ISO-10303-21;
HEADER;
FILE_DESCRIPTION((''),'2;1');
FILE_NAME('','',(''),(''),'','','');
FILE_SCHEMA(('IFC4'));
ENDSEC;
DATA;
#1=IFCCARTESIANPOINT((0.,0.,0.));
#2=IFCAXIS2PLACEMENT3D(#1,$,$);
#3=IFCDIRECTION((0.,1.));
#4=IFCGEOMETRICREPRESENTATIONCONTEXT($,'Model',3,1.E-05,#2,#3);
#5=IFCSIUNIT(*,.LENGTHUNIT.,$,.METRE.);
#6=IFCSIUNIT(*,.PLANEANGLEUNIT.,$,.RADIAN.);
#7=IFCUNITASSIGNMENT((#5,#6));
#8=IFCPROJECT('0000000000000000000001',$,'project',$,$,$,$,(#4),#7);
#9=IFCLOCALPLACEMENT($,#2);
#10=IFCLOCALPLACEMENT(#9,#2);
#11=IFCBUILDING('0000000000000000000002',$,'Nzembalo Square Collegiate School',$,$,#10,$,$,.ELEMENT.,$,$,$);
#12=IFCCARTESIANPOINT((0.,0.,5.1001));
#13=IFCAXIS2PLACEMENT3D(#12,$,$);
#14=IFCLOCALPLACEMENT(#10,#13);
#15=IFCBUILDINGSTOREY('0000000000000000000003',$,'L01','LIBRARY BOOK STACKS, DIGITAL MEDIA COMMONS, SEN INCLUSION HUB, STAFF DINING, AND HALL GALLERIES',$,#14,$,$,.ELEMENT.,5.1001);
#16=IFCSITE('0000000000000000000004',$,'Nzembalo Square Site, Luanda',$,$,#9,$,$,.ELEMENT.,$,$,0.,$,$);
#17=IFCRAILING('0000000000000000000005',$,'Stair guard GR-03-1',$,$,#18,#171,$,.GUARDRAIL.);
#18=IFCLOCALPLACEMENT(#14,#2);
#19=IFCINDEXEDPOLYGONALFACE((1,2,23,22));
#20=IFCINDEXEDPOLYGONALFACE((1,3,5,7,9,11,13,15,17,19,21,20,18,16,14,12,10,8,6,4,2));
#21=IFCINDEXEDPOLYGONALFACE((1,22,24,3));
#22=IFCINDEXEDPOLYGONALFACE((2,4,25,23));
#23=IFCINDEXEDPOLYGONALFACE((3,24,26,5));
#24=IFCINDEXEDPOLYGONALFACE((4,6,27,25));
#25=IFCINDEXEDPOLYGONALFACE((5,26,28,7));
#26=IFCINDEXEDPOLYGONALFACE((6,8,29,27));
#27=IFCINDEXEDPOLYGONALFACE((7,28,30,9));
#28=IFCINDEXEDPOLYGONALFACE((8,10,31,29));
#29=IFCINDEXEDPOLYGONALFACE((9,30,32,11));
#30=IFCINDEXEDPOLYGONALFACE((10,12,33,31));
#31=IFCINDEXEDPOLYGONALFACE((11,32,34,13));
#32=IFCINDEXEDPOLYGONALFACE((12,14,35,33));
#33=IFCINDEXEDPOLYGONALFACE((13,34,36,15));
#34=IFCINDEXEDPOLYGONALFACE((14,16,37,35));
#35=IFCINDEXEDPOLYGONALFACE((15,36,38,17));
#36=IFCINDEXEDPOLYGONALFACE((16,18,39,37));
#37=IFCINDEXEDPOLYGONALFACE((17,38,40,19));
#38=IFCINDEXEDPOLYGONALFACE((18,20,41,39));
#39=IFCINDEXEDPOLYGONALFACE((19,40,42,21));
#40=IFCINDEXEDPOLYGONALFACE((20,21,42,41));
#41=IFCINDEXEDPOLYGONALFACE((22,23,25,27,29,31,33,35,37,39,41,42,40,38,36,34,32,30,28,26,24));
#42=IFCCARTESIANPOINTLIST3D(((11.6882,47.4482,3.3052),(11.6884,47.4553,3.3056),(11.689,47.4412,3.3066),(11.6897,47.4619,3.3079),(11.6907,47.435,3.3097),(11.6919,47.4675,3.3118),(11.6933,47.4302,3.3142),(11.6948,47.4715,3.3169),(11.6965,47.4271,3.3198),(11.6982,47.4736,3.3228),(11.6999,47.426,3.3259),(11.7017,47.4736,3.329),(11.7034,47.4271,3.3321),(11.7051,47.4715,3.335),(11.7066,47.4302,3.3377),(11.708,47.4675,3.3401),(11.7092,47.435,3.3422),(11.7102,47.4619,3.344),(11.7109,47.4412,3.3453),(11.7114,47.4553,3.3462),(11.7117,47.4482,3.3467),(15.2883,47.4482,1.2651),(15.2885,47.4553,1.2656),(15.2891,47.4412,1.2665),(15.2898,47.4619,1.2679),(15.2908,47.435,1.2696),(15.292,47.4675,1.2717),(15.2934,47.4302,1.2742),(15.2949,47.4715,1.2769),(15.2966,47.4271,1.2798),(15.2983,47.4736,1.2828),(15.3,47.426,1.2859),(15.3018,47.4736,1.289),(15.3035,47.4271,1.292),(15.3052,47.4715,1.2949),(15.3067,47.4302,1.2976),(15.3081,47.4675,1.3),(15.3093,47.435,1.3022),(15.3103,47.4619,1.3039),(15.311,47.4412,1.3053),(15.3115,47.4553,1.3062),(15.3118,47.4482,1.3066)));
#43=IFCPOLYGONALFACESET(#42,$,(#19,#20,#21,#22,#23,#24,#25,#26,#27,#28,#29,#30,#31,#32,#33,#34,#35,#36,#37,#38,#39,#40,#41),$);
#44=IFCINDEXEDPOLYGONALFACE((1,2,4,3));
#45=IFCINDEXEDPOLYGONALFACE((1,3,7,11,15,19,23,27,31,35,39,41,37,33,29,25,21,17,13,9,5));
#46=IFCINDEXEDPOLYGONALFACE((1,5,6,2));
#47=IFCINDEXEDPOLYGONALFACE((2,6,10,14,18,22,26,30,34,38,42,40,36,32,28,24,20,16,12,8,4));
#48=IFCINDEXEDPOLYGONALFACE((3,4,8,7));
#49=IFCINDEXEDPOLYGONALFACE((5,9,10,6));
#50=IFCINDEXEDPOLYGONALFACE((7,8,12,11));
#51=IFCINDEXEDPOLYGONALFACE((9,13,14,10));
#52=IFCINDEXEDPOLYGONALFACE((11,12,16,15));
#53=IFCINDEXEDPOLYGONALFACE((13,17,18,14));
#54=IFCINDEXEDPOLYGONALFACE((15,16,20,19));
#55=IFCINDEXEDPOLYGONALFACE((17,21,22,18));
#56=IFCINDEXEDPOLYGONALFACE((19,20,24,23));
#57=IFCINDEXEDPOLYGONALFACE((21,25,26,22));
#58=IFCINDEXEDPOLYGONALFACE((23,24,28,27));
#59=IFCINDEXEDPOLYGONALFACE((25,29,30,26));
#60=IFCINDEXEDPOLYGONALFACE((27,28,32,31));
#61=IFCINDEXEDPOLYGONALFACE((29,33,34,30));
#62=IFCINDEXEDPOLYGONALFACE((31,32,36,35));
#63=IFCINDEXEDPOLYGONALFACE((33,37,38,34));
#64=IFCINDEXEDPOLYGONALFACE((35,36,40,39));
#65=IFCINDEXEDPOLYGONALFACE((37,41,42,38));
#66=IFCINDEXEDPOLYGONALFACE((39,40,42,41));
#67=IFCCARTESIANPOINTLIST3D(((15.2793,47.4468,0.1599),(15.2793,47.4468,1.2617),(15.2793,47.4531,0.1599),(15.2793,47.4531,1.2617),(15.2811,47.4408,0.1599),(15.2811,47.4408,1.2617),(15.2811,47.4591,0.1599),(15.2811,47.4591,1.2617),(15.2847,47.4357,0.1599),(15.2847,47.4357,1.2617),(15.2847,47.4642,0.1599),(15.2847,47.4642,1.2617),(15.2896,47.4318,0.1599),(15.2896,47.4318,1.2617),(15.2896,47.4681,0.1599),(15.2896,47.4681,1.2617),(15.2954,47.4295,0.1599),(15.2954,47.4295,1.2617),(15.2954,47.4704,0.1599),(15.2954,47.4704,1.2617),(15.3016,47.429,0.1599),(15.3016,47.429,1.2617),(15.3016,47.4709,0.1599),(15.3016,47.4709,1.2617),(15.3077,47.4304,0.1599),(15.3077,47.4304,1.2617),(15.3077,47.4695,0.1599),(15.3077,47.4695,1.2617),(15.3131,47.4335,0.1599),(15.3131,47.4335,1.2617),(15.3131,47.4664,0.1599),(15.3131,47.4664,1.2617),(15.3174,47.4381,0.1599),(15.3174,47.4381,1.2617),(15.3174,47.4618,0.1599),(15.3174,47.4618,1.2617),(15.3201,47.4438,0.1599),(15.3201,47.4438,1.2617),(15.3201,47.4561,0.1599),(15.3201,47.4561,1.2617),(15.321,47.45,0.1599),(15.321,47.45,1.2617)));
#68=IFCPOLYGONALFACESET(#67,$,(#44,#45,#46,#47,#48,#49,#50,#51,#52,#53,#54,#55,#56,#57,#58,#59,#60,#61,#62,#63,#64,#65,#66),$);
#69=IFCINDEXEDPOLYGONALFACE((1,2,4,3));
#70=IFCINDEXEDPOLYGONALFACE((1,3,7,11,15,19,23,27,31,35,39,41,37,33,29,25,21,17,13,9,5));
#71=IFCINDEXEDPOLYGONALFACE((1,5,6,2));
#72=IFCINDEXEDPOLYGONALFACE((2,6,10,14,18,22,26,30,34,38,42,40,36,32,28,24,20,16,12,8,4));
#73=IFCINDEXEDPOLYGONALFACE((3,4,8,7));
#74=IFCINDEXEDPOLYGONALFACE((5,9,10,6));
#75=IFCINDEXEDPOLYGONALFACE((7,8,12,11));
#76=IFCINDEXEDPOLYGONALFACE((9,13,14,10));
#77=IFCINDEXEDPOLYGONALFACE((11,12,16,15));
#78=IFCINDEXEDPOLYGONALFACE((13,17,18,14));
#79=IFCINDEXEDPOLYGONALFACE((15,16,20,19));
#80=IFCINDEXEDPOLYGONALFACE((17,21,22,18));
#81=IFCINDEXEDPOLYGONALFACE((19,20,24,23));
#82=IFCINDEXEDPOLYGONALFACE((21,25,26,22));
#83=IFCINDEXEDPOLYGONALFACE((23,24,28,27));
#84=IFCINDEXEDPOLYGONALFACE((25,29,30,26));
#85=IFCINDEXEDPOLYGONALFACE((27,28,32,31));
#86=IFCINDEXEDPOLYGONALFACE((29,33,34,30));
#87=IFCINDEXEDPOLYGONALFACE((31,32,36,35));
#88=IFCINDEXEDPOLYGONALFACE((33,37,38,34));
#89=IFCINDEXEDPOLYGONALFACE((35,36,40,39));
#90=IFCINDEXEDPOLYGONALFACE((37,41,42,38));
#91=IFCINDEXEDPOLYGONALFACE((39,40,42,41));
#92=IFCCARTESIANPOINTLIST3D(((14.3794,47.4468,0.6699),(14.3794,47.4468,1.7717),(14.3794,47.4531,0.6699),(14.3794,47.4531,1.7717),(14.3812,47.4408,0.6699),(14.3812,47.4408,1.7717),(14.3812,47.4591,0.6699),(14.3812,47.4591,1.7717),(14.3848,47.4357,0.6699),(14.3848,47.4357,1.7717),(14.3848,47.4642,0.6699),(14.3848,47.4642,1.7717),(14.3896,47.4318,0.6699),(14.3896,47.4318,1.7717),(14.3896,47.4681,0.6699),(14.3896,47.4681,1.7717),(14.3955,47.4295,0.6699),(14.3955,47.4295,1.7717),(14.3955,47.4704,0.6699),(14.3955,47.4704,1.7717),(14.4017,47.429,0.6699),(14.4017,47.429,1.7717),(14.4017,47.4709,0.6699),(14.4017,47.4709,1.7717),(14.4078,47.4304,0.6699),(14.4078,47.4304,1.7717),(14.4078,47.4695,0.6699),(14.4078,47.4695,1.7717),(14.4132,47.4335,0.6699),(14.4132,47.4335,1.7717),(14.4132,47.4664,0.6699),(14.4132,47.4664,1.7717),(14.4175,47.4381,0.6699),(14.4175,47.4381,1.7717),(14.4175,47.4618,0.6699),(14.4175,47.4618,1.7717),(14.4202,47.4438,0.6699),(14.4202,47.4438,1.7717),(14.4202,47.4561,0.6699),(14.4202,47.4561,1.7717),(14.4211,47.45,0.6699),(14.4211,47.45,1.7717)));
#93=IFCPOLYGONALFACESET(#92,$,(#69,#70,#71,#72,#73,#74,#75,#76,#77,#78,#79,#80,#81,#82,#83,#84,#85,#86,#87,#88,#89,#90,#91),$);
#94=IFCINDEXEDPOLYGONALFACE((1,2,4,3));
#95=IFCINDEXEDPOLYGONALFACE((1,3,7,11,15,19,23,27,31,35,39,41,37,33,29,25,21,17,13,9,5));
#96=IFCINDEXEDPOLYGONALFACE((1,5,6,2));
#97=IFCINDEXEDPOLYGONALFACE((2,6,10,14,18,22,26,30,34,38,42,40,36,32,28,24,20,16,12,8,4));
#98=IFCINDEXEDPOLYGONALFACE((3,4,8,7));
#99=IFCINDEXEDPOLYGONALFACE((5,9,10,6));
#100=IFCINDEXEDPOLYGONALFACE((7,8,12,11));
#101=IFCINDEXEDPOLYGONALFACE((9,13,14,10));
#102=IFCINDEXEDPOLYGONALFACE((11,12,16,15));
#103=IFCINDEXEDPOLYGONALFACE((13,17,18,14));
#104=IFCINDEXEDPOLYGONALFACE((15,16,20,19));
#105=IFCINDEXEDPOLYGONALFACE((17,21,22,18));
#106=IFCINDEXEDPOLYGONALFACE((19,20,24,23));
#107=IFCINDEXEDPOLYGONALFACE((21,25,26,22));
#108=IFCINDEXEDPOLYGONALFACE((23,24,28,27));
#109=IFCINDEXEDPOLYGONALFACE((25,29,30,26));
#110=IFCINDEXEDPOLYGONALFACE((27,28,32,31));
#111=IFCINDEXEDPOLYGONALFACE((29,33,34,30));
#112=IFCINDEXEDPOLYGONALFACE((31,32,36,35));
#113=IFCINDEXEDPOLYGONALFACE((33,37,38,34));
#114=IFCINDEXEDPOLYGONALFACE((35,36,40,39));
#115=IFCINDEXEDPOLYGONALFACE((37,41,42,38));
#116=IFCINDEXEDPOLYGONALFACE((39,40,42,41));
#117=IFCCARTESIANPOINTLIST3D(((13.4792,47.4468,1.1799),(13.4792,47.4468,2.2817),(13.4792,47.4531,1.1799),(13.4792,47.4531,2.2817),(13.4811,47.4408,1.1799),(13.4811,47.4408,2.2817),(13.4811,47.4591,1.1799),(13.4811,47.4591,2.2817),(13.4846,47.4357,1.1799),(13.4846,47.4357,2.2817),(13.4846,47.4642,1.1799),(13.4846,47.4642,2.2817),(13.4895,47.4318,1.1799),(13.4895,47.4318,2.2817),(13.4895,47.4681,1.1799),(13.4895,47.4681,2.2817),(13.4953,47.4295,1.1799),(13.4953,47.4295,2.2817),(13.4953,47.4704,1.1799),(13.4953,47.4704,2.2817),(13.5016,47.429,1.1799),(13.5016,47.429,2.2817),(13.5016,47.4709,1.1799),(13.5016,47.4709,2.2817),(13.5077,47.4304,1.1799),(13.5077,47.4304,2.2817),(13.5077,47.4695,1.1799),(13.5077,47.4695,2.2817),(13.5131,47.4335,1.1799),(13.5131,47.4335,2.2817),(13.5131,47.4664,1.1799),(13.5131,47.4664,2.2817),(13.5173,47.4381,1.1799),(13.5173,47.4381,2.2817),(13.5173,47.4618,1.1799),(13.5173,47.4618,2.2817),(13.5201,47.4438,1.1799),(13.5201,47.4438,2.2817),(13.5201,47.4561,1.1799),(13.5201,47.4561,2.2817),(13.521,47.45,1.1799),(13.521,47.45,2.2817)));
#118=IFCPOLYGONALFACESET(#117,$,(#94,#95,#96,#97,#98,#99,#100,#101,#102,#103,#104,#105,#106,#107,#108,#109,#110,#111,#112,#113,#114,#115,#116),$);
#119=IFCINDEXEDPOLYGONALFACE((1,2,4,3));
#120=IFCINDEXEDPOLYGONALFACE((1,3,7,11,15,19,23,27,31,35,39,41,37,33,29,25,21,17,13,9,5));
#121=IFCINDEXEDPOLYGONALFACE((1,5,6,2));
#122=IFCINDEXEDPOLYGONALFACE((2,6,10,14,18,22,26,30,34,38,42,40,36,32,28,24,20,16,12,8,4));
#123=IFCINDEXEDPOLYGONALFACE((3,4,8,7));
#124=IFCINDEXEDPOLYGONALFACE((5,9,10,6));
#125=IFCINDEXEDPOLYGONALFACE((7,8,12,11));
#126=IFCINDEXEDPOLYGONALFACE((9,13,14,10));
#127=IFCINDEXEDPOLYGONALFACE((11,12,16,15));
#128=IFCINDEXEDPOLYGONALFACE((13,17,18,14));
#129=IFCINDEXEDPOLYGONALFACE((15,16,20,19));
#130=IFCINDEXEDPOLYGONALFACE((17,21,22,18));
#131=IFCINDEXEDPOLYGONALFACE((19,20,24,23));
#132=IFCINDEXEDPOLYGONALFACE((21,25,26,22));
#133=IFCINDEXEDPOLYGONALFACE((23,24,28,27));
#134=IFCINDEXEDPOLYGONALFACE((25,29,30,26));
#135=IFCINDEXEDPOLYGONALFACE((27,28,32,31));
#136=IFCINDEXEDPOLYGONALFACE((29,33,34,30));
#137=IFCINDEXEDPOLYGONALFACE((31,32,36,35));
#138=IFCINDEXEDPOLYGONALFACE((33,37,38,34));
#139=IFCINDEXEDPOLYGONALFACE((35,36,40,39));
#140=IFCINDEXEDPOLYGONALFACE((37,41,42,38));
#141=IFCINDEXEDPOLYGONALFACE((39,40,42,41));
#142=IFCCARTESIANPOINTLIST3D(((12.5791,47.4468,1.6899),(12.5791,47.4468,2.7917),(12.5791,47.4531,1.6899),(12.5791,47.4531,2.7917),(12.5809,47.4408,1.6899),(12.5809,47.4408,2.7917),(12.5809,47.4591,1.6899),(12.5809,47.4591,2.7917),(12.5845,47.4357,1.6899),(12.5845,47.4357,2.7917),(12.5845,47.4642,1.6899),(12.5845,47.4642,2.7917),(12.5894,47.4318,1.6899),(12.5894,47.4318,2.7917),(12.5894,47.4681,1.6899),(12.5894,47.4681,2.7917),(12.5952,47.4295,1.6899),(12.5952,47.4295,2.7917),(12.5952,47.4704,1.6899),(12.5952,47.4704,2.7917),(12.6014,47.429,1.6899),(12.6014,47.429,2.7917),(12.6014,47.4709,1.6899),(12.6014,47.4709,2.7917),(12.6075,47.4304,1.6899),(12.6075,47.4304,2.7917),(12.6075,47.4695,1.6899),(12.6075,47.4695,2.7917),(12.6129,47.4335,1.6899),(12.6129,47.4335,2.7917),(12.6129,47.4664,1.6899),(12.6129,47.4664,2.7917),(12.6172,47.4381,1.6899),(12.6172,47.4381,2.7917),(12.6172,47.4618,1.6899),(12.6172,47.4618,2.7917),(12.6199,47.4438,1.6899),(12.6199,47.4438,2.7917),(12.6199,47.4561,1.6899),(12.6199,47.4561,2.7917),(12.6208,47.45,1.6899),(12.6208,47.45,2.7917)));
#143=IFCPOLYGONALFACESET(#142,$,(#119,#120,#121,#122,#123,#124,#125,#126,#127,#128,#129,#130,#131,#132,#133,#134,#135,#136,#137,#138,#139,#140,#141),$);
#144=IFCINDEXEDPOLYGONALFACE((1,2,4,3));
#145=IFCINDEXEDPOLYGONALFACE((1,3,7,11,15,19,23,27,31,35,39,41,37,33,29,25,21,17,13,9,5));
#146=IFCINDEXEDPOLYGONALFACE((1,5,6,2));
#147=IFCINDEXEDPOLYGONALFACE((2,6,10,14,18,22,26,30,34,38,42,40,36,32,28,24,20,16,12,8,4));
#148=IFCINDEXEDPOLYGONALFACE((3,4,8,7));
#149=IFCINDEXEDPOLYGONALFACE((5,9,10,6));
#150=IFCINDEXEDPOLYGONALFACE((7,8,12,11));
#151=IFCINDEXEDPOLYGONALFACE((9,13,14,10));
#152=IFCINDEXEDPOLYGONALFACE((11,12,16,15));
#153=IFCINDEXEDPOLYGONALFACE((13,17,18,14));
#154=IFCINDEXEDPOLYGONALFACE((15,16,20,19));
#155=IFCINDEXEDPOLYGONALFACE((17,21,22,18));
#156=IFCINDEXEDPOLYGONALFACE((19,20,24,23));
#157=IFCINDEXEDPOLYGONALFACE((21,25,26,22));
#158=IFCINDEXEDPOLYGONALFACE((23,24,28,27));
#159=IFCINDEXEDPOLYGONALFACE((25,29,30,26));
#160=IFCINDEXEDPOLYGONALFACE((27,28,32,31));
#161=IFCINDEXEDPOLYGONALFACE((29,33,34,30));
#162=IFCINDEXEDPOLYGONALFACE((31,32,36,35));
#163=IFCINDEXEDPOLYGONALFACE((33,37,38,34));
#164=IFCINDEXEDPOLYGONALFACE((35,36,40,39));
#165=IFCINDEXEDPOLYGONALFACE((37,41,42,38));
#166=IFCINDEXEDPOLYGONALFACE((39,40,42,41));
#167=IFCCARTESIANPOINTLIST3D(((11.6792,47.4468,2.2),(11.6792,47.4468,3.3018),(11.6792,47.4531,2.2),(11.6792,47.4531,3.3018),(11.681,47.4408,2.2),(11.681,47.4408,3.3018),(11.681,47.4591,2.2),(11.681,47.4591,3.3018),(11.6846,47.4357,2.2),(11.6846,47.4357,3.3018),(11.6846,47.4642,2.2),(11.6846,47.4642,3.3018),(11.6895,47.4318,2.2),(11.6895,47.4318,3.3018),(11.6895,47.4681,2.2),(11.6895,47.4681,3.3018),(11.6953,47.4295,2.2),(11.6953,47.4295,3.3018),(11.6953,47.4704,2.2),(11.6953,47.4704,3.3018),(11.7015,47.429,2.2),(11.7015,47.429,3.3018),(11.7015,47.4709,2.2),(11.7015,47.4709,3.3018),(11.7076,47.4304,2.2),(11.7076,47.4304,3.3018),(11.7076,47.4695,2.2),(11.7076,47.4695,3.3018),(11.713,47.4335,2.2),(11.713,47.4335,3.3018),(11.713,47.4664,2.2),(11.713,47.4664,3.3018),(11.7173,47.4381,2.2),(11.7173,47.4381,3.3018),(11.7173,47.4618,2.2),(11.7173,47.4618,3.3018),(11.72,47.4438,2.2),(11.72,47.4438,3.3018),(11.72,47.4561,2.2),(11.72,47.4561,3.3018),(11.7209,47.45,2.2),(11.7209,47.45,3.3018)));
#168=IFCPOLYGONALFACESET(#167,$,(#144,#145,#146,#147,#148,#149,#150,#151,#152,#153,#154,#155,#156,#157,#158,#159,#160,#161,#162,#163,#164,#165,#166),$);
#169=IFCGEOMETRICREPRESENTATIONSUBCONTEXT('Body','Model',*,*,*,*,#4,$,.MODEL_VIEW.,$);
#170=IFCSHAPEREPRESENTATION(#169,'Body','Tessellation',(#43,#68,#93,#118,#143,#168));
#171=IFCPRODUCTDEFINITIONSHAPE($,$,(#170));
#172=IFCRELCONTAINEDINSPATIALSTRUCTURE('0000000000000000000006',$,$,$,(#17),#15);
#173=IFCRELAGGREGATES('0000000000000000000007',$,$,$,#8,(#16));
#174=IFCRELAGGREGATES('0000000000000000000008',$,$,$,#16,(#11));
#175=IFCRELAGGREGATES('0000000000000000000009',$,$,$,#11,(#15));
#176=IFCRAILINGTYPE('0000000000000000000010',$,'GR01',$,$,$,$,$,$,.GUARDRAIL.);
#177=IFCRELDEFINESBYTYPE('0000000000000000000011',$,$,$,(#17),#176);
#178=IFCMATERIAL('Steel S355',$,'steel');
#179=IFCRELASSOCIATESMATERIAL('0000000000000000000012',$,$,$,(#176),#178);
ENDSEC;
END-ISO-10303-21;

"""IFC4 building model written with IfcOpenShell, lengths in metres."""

from ifc_helpers import new_model, si_unit, direction, frame, origin, origin_2d, place, context, subcontext, project, spatial, circle, extrude, material, type_object, element, save


model = new_model("IFC4")

# Units and contexts
model_context = context("Model", 3, precision=1e-05, world=origin(), true_north=direction((0.0, 1.0)))
body_context = subcontext(model_context, "Body", "Model", "MODEL_VIEW")
ifc_project = project(units=[si_unit("LENGTHUNIT", "METRE"), si_unit("PLANEANGLEUNIT", "RADIAN")], contexts=[model_context])

# Site, building, storey
site_placement = place(None, origin())
site = spatial("IfcSite", under=ifc_project, at=site_placement, Name="Nzembalo Square Site, Luanda", CompositionType="ELEMENT", RefElevation=0.0)
building_placement = place(site_placement, origin())
building = spatial("IfcBuilding", under=site, at=building_placement, Name="Nzembalo Square Collegiate School", CompositionType="ELEMENT")
storey_placement = place(building_placement, frame((0.0, 0.0, 5.1001)))
storey = spatial("IfcBuildingStorey", under=building, at=storey_placement, Name="L01", Description="LIBRARY BOOK STACKS, DIGITAL MEDIA COMMONS, SEN INCLUSION HUB, STAFF DINING, AND HALL GALLERIES", CompositionType="ELEMENT", Elevation=5.1001)

# Railing
ifc_material_1 = material(Name="Steel S355", Category="steel")
railing_type = type_object("IfcRailingType", Name="GR01", PredefinedType="GUARDRAIL", material=ifc_material_1)
railing_1_placement = place(storey_placement, frame((15.3, 47.45, 0.1599)))
element("IfcRailing", 1, at=railing_1_placement, inside=storey, type_object=railing_type, Name="Stair guard GR-03-1", PredefinedType="GUARDRAIL", context=body_context, shape_type="SweptSolid", body=[
    extrude(circle(Radius=0.0239, at=origin_2d()), frame((0.0, 0.0, 1.126), z_axis=(-0.870024, 0.0, 0.49301), x_axis=(0.0, -1.0, 0.0)), (0.0, 0.0, 1.0), 4.1379),
    extrude(circle(Radius=0.021, at=origin_2d()), origin(), (0.0, 0.0, 1.0), 1.1018),
    extrude(circle(Radius=0.021, at=origin_2d()), frame((-0.8999, 0.0, 0.51)), (0.0, 0.0, 1.0), 1.1018),
    extrude(circle(Radius=0.021, at=origin_2d()), frame((-1.8, 0.0, 1.02)), (0.0, 0.0, 1.0), 1.1018),
    extrude(circle(Radius=0.021, at=origin_2d()), frame((-2.7002, 0.0, 1.53)), (0.0, 0.0, 1.0), 1.1018),
    extrude(circle(Radius=0.021, at=origin_2d()), frame((-3.6001, 0.0, 2.04)), (0.0, 0.0, 1.0), 1.1018),
])

save(model, "model.ifc")
